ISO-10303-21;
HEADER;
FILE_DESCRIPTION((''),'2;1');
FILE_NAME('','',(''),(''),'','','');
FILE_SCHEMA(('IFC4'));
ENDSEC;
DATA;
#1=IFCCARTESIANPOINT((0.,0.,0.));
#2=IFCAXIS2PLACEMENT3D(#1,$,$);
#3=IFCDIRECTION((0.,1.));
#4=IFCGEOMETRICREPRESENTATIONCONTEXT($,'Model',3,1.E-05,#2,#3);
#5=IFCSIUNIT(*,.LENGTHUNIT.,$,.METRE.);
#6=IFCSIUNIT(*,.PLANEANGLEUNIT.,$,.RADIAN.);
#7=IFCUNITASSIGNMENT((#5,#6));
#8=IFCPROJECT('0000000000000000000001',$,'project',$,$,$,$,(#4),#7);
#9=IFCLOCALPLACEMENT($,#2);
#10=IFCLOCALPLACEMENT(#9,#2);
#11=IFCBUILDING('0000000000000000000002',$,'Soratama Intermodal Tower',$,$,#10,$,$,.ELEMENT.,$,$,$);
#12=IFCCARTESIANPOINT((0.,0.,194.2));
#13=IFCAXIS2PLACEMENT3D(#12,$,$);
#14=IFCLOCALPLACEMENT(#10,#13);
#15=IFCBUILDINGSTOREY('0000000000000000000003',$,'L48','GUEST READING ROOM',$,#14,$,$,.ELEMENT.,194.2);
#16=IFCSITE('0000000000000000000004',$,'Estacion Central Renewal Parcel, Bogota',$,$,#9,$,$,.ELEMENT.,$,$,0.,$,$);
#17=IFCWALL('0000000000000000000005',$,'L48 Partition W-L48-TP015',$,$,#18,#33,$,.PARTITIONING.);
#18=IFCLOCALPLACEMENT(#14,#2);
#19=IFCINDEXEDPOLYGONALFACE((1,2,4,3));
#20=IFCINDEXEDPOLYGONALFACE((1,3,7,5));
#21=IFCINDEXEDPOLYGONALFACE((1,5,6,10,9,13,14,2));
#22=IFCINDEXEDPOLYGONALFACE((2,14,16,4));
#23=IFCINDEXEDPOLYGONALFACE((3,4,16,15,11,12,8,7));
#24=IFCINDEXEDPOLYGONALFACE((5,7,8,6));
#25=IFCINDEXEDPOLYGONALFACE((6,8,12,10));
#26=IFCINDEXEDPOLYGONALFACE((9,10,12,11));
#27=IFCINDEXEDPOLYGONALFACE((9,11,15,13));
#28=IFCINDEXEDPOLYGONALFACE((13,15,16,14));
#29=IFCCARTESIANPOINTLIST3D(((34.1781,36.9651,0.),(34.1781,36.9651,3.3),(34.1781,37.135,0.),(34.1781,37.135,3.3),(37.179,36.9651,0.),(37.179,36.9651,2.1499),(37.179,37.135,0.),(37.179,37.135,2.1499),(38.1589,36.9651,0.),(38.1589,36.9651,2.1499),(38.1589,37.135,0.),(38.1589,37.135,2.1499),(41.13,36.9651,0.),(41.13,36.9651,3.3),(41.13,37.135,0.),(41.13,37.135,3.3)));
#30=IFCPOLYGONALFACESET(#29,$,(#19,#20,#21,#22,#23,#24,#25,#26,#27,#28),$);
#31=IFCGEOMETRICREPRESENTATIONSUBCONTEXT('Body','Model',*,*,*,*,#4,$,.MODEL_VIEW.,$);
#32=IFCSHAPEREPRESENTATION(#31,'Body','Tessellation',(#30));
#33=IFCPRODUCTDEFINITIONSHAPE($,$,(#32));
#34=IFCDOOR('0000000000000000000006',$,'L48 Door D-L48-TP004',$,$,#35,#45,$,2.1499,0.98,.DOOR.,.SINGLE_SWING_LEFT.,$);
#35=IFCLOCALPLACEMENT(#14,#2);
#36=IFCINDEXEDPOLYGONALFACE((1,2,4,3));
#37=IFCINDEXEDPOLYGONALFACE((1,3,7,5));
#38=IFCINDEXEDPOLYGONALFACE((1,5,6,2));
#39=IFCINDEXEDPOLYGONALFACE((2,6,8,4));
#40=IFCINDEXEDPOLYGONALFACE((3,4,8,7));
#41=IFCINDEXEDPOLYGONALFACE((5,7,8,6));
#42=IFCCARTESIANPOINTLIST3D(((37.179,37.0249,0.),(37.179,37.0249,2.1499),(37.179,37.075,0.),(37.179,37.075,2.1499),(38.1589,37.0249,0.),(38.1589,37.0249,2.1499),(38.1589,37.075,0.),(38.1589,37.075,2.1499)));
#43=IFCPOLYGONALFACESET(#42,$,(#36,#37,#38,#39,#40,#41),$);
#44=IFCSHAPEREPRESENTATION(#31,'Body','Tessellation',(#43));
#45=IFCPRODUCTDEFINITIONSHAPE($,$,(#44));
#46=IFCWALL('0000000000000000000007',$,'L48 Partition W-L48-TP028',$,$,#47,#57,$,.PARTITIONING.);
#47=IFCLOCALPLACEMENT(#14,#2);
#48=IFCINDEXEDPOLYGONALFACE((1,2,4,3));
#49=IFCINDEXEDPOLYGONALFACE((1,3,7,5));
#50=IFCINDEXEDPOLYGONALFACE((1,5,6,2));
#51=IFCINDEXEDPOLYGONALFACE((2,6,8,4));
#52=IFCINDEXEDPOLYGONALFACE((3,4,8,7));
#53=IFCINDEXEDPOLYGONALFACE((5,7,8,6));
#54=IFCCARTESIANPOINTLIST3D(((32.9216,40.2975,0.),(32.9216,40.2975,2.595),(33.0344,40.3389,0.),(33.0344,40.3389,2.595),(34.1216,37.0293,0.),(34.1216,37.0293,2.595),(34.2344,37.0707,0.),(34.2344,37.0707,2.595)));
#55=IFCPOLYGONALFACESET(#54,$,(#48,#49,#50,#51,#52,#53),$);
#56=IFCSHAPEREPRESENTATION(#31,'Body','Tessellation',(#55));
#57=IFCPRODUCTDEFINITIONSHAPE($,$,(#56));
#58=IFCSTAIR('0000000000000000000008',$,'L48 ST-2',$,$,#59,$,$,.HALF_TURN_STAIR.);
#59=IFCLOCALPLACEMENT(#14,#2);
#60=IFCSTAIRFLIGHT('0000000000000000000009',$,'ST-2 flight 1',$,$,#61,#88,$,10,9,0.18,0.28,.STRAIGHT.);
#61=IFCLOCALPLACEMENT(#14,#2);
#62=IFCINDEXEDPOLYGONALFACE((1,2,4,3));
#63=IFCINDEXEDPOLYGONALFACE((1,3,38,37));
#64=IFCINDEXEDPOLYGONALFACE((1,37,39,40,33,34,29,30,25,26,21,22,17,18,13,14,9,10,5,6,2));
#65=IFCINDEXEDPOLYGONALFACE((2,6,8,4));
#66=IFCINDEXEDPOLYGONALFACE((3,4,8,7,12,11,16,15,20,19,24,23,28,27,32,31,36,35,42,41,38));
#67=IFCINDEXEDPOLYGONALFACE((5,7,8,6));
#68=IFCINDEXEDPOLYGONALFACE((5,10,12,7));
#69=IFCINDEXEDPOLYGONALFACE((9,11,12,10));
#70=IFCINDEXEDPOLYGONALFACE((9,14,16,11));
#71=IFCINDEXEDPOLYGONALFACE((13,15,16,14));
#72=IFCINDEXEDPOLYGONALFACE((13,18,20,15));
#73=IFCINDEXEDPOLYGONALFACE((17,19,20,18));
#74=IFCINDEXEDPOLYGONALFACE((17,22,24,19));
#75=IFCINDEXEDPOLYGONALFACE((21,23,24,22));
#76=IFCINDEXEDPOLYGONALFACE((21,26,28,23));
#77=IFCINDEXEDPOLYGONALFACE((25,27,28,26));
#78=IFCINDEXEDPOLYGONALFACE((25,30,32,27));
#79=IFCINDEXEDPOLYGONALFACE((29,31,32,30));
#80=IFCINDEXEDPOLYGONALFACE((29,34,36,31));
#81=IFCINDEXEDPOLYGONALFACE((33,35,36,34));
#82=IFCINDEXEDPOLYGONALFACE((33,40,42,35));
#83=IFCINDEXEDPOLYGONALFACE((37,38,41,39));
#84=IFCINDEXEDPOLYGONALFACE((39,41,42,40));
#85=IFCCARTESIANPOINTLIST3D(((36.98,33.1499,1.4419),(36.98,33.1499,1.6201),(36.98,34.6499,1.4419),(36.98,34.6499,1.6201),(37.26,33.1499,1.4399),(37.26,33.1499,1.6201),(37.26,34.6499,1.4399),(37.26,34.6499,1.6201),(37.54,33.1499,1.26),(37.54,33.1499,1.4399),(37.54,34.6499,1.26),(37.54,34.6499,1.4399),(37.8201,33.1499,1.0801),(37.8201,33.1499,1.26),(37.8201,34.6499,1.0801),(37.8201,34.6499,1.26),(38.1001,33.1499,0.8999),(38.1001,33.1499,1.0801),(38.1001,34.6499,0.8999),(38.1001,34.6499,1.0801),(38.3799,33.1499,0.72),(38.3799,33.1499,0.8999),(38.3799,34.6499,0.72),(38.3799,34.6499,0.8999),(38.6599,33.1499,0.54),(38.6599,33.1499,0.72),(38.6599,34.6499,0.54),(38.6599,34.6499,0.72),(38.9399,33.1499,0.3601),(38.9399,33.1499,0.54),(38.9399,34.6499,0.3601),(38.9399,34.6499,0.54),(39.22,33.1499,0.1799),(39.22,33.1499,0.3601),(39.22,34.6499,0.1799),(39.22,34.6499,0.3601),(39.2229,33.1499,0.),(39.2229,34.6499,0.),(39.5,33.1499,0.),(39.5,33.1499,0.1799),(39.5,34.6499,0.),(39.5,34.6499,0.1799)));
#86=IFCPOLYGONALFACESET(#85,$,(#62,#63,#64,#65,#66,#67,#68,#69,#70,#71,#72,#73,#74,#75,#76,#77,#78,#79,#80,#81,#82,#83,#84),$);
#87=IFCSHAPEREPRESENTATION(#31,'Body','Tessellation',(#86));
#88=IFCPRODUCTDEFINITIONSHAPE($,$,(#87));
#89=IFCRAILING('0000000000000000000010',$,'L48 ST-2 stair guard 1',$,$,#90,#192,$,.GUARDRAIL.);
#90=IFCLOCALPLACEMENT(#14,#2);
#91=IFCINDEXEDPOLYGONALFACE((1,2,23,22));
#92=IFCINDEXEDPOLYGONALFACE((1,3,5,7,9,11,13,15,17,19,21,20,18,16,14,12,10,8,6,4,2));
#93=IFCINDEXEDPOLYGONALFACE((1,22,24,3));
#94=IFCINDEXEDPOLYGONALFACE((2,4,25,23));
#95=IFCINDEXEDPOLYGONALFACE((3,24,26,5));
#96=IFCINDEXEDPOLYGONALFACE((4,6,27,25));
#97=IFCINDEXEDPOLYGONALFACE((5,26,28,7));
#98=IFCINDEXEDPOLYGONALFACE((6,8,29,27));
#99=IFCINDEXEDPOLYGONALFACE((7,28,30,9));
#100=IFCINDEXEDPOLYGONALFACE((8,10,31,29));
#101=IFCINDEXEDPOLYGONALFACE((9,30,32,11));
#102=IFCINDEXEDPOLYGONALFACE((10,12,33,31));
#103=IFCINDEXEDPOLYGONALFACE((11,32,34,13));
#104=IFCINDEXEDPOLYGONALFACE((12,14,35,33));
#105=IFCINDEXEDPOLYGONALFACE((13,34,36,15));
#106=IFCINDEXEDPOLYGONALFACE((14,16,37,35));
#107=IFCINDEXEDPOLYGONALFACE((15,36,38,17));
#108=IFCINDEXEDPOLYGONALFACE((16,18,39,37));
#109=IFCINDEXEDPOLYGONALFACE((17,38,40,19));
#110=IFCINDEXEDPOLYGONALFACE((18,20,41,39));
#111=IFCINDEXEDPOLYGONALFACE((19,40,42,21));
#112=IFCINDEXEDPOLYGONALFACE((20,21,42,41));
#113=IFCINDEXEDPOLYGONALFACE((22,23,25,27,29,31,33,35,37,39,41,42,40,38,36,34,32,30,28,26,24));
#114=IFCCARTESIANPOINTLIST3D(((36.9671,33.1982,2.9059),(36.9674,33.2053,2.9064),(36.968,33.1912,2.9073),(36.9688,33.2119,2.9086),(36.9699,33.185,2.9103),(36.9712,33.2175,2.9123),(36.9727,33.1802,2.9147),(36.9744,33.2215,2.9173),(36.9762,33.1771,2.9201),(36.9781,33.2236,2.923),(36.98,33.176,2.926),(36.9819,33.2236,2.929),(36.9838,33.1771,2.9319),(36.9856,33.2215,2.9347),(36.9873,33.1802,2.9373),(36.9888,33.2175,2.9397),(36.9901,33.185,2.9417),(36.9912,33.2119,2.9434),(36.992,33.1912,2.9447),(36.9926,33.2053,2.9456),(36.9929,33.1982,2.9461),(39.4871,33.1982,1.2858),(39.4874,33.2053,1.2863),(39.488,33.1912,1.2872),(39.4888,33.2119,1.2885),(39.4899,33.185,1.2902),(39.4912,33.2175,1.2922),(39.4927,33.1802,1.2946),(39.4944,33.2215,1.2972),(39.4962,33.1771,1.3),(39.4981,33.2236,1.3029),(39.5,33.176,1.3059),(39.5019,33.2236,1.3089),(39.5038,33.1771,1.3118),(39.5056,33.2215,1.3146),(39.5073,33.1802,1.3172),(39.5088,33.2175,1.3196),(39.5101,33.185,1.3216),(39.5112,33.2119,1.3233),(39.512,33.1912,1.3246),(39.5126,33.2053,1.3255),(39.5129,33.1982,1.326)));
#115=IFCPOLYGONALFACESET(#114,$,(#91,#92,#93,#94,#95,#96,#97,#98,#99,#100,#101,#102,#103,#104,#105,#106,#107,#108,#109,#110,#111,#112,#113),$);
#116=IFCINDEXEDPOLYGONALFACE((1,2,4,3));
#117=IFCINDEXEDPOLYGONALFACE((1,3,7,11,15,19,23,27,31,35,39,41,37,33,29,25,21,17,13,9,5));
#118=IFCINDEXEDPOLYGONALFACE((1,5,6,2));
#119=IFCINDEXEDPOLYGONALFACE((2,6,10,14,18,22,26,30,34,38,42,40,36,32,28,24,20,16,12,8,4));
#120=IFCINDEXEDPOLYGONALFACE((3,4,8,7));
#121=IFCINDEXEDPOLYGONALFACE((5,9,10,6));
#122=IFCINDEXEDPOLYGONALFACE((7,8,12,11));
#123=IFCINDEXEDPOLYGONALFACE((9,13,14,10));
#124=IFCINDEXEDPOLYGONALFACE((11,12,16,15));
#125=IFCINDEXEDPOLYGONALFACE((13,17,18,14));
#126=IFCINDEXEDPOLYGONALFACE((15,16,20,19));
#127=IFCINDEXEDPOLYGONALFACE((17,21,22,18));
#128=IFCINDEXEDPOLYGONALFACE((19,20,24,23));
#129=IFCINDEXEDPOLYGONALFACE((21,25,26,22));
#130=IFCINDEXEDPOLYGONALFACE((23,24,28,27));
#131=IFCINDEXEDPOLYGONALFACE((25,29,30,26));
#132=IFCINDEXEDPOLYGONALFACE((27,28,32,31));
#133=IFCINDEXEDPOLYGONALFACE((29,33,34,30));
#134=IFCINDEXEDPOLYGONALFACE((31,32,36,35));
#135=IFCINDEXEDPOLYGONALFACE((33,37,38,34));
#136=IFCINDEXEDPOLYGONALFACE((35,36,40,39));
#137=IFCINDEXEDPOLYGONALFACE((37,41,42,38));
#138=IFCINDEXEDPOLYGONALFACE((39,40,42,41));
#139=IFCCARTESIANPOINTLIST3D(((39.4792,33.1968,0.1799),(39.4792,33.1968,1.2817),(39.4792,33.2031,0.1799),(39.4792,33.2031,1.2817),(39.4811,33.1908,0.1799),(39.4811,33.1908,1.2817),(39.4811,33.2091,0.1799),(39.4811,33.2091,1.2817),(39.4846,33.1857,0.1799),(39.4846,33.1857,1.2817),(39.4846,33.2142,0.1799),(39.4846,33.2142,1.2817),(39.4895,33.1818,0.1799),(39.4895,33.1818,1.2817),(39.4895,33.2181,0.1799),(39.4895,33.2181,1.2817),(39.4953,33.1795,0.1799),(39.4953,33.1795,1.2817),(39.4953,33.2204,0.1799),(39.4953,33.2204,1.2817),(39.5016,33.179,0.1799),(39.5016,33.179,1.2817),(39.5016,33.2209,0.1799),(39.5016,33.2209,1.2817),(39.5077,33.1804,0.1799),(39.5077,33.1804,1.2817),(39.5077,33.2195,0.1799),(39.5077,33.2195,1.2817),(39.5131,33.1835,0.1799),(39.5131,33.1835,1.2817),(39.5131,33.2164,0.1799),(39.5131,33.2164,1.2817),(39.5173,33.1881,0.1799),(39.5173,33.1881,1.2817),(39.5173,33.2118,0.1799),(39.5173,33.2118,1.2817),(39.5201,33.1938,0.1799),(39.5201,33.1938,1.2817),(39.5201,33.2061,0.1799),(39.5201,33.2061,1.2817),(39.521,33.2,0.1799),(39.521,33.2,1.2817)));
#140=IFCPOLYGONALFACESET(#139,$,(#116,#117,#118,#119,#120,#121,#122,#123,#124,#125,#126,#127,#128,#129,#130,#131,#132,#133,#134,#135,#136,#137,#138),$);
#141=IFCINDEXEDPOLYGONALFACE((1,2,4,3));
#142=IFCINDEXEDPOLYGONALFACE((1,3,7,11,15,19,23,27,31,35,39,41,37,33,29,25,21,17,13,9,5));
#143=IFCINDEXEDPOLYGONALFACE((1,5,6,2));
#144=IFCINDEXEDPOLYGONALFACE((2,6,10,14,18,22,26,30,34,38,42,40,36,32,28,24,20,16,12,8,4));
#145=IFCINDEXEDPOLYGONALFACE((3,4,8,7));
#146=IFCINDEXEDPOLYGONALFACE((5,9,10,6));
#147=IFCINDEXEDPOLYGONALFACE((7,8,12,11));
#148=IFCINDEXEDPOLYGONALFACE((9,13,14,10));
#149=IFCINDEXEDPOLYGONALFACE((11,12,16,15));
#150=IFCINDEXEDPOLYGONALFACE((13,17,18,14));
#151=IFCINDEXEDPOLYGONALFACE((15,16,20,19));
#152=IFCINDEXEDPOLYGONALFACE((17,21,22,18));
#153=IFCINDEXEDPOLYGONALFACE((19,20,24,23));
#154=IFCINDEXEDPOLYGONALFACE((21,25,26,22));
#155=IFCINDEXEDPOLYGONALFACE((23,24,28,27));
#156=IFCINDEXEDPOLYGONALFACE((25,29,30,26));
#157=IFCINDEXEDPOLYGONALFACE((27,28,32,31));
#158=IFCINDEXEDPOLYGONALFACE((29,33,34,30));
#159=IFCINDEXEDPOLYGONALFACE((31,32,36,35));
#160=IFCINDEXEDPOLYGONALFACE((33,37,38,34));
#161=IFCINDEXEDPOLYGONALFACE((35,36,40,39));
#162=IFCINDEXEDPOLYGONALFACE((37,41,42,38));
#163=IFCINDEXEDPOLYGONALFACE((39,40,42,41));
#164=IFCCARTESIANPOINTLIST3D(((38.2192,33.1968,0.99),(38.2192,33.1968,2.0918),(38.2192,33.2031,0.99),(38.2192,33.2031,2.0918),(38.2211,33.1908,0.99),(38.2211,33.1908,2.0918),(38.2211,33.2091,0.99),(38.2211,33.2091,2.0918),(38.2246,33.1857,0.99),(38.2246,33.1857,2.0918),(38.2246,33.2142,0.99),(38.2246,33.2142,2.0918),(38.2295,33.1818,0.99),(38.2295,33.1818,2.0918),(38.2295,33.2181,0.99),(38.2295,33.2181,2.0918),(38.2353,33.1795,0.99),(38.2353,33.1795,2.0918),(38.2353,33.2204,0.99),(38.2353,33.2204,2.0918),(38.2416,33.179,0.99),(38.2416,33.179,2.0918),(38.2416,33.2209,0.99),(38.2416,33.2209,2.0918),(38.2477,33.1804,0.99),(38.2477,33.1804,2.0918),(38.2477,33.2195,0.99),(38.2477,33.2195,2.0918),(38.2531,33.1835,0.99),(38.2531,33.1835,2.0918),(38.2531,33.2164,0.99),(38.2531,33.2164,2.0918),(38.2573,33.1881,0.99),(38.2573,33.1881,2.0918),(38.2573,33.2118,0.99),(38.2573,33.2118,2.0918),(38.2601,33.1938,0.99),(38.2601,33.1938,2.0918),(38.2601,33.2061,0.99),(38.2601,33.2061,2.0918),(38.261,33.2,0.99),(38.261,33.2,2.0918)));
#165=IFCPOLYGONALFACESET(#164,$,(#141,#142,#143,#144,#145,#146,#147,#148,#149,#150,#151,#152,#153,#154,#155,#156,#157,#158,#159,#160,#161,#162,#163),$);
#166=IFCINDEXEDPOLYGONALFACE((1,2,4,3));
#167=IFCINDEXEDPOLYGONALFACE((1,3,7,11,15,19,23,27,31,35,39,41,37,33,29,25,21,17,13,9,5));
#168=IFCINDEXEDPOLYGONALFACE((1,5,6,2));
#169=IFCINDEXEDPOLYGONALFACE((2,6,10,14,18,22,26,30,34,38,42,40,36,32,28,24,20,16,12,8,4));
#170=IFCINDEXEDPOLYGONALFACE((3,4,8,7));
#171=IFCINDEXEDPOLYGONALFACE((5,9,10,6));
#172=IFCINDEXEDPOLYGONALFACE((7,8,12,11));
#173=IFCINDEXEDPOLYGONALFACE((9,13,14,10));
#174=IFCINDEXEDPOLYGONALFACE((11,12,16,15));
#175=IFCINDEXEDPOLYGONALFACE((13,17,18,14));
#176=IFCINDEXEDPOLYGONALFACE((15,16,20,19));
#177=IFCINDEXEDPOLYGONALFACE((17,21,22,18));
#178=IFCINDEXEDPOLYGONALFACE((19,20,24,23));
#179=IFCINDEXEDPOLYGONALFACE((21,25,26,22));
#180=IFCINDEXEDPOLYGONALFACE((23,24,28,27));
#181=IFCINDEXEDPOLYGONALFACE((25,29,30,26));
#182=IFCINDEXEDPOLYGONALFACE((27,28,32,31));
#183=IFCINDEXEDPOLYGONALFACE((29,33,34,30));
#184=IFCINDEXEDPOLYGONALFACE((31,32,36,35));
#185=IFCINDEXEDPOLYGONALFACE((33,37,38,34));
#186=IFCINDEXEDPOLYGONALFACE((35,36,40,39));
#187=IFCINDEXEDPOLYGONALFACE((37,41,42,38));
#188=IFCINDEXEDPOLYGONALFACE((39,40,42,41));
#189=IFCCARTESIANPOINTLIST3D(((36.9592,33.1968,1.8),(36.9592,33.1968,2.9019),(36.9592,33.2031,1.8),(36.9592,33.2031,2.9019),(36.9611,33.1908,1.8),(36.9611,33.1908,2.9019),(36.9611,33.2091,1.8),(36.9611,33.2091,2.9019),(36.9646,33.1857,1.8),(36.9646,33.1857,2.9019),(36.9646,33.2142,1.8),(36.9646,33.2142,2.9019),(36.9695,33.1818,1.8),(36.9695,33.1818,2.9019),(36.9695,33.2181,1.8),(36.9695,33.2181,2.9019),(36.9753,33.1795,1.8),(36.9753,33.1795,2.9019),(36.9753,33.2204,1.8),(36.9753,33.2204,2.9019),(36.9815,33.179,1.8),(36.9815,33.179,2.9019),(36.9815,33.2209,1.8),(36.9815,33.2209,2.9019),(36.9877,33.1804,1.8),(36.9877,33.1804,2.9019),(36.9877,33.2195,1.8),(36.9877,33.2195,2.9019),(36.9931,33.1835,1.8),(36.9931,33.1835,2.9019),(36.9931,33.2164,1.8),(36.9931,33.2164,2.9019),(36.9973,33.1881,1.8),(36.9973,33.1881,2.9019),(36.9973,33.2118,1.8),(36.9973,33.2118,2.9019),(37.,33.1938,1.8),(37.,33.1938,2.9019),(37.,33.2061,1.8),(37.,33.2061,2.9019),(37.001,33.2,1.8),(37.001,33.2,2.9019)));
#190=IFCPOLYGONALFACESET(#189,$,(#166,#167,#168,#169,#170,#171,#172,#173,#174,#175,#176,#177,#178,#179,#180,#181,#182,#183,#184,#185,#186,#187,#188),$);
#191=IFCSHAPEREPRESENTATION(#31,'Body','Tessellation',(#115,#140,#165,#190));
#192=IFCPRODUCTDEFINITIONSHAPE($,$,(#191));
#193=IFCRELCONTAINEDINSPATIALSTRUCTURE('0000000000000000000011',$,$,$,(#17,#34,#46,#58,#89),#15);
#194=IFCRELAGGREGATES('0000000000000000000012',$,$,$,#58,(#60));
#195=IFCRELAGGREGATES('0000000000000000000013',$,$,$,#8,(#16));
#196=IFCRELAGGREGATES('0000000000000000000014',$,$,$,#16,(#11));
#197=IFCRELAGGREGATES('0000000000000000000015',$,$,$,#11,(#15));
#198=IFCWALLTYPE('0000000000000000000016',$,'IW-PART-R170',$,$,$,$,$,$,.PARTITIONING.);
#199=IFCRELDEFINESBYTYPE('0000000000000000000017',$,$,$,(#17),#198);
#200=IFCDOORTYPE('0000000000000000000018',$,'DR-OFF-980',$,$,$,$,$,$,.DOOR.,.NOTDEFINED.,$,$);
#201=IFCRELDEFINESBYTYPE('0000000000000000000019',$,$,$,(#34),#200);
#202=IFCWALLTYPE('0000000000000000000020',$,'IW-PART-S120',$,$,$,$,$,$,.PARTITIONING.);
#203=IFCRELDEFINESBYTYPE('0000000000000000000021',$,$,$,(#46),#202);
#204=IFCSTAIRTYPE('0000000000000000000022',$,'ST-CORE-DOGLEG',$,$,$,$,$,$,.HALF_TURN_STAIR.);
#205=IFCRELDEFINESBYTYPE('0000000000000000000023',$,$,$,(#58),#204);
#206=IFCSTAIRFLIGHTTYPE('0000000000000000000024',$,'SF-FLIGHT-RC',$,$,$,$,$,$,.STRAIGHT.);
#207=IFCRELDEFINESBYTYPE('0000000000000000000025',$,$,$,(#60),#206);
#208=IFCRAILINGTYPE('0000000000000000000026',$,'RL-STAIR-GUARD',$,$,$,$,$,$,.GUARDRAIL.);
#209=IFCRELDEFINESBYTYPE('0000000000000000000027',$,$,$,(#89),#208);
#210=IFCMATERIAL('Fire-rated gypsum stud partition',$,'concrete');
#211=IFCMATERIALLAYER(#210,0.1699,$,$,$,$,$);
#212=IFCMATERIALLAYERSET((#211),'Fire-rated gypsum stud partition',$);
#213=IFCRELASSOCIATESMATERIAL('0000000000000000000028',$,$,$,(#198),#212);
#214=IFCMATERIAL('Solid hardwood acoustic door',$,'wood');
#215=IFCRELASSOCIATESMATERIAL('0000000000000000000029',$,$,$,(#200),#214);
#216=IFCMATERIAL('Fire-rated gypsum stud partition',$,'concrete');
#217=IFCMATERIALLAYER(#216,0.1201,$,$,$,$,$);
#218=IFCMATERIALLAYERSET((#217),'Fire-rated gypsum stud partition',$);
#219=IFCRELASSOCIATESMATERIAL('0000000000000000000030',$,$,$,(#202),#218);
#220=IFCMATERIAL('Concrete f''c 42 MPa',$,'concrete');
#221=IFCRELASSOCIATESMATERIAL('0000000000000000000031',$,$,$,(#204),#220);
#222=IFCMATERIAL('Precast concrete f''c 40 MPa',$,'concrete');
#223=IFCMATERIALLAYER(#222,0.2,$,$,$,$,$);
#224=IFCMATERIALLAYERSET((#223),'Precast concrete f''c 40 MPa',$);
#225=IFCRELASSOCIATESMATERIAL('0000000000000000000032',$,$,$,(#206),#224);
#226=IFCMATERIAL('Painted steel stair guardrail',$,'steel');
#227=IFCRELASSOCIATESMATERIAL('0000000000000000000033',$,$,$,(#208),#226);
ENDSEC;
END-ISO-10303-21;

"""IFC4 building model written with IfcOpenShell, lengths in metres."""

from ifc_helpers import new_model, si_unit, direction, frame, frame_2d, origin, origin_2d, place, context, subcontext, project, spatial, polyline, rectangle, circle, outline, extrude, material, layer, layer_set, type_object, element, fill, aggregate, save


model = new_model("IFC4")

# Units and contexts
model_context = context("Model", 3, precision=1e-05, world=origin(), true_north=direction((0.0, 1.0)))
body_context = subcontext(model_context, "Body", "Model", "MODEL_VIEW")
ifc_project = project(units=[si_unit("LENGTHUNIT", "METRE"), si_unit("PLANEANGLEUNIT", "RADIAN")], contexts=[model_context])

# Site, building, storey
site_placement = place(None, origin())
site = spatial("IfcSite", under=ifc_project, at=site_placement, Name="Estacion Central Renewal Parcel, Bogota", CompositionType="ELEMENT", RefElevation=0.0)
building_placement = place(site_placement, origin())
building = spatial("IfcBuilding", under=site, at=building_placement, Name="Soratama Intermodal Tower", CompositionType="ELEMENT")
storey_placement = place(building_placement, frame((0.0, 0.0, 194.2)))
storey = spatial("IfcBuildingStorey", under=building, at=storey_placement, Name="L48", Description="GUEST READING ROOM", CompositionType="ELEMENT", Elevation=194.2)

# Wall, opening, door
ifc_material_1 = material(Name="Fire-rated gypsum stud partition", Category="concrete")
ifc_layer_1 = layer(ifc_material_1, 0.1699)
ifc_layer_set_1 = layer_set([ifc_layer_1], Name="Fire-rated gypsum stud partition")
wall_type_1 = type_object("IfcWallType", Name="IW-PART-R170", PredefinedType="PARTITIONING", material=ifc_layer_set_1)
wall_1_placement = place(storey_placement, frame((34.178, 37.05, 0.0), z_axis=(0.0, 0.0, 1.0), x_axis=(1.0, 0.0, 0.0)))
wall_1 = element("IfcWall", 1, at=wall_1_placement, inside=storey, type_object=wall_type_1, Name="L48 Partition W-L48-TP015", PredefinedType="PARTITIONING", context=body_context, shape_type="SweptSolid", body=[
    extrude(rectangle(XDim=6.9519, YDim=0.1699, at=frame_2d((3.4761, 0.0))), origin(), (0.0, 0.0, 1.0), 3.3),
])
opening_1_placement = place(wall_1_placement, frame((3.001, 0.0, 0.0)))
opening_1 = element("IfcOpeningElement", 2, at=opening_1_placement, cuts=wall_1, PredefinedType="OPENING", context=body_context, shape_type="SweptSolid", body=[
    extrude(rectangle(XDim=0.98, YDim=2.1499, at=frame_2d((0.49, 1.075))), frame((0.0, 0.095, 0.0), z_axis=(0.0, -1.0, 0.0), x_axis=(1.0, 0.0, 0.0)), (0.0, 0.0, 1.0), 0.1899),
])
ifc_material_2 = material(Name="Solid hardwood acoustic door", Category="wood")
door_type = type_object("IfcDoorType", Name="DR-OFF-980", OperationType="NOTDEFINED", PredefinedType="DOOR", material=ifc_material_2)
door_placement = place(opening_1_placement, origin())
door = element("IfcDoor", 3, at=door_placement, inside=storey, type_object=door_type, Name="L48 Door D-L48-TP004", OperationType="SINGLE_SWING_LEFT", OverallHeight=2.1499, OverallWidth=0.98, PredefinedType="DOOR", context=body_context, shape_type="SweptSolid", body=[
    extrude(rectangle(XDim=0.98, YDim=2.1499, at=frame_2d((0.49, 1.075))), frame((0.0, 0.0249, 0.0), z_axis=(0.0, -1.0, 0.0), x_axis=(1.0, 0.0, 0.0)), (0.0, 0.0, 1.0), 0.05),
])
fill(opening_1, door)

# Wall
ifc_material_3 = material(Name="Fire-rated gypsum stud partition", Category="concrete")
ifc_layer_2 = layer(ifc_material_3, 0.1201)
ifc_layer_set_2 = layer_set([ifc_layer_2], Name="Fire-rated gypsum stud partition")
wall_type_2 = type_object("IfcWallType", Name="IW-PART-S120", PredefinedType="PARTITIONING", material=ifc_layer_set_2)
wall_2_placement = place(storey_placement, frame((34.178, 37.05, 0.0), z_axis=(0.0, 0.0, 1.0), x_axis=(-0.344675, 0.938722, 0.0)))
element("IfcWall", 4, at=wall_2_placement, inside=storey, type_object=wall_type_2, Name="L48 Partition W-L48-TP028", PredefinedType="PARTITIONING", context=body_context, shape_type="SweptSolid", body=[
    extrude(rectangle(XDim=3.4814, YDim=0.1201, at=frame_2d((1.7407, 0.0))), origin(), (0.0, 0.0, 1.0), 2.595),
])

# Stair, stair flight
ifc_material_4 = material(Name="Concrete f'c 42 MPa", Category="concrete")
stair_type = type_object("IfcStairType", Name="ST-CORE-DOGLEG", PredefinedType="HALF_TURN_STAIR", material=ifc_material_4)
stair_placement = place(storey_placement, origin())
stair = element("IfcStair", 5, at=stair_placement, inside=storey, type_object=stair_type, Name="L48 ST-2", PredefinedType="HALF_TURN_STAIR")
ifc_material_5 = material(Name="Precast concrete f'c 40 MPa", Category="concrete")
ifc_layer_3 = layer(ifc_material_5, 0.2)
ifc_layer_set_3 = layer_set([ifc_layer_3], Name="Precast concrete f'c 40 MPa")
stair_flight_type = type_object("IfcStairFlightType", Name="SF-FLIGHT-RC", PredefinedType="STRAIGHT", material=ifc_layer_set_3)
stair_flight_placement = place(storey_placement, frame((39.5, 33.8999, 0.0), z_axis=(0.0, 0.0, 1.0), x_axis=(-1.0, 0.0, 0.0)))
stair_flight = element("IfcStairFlight", 6, at=stair_flight_placement, type_object=stair_flight_type, Name="ST-2 flight 1", NumberOfRisers=10, NumberOfTreads=9, PredefinedType="STRAIGHT", RiserHeight=0.18, TreadLength=0.28, context=body_context, shape_type="SweptSolid", body=[
    extrude(outline(polyline([(0.0, 0.0), (0.0, 0.1799), (0.28, 0.1799), (0.28, 0.3601), (0.5601, 0.3601), (0.5601, 0.54), (0.8401, 0.54), (0.8401, 0.72), (1.1201, 0.72), (1.1201, 0.8999), (1.3999, 0.8999), (1.3999, 1.0801), (1.6799, 1.0801), (1.6799, 1.26), (1.96, 1.26), (1.96, 1.4399), (2.24, 1.4399), (2.24, 1.6201), (2.52, 1.6201), (2.52, 1.8), (2.52, 1.4419), (0.2771, 0.0), (0.0, 0.0)])), frame((0.0, 0.75, 0.0), z_axis=(0.0, -1.0, 0.0), x_axis=(1.0, 0.0, 0.0)), (0.0, 0.0, 1.0), 1.5),
])
aggregate(stair, [stair_flight])

# Railing
ifc_material_6 = material(Name="Painted steel stair guardrail", Category="steel")
railing_type_1 = type_object("IfcRailingType", Name="RL-STAIR-GUARD", PredefinedType="GUARDRAIL", material=ifc_material_6)
railing_1_placement = place(storey_placement, frame((39.5, 33.2, 0.1799)))
element("IfcRailing", 7, at=railing_1_placement, inside=storey, type_object=railing_type_1, Name="L48 ST-2 stair guard 1", PredefinedType="GUARDRAIL", context=body_context, shape_type="SweptSolid", body=[
    extrude(circle(Radius=0.0239, at=origin_2d()), frame((0.0, 0.0, 1.126), z_axis=(-0.841163, 0.0, 0.540782), x_axis=(0.0, -1.0, 0.0)), (0.0, 0.0, 1.0), 2.9958),
    extrude(circle(Radius=0.021, at=origin_2d()), origin(), (0.0, 0.0, 1.0), 1.1018),
    extrude(circle(Radius=0.021, at=origin_2d()), frame((-1.26, 0.0, 0.8101)), (0.0, 0.0, 1.0), 1.1018),
    extrude(circle(Radius=0.021, at=origin_2d()), frame((-2.52, 0.0, 1.6201)), (0.0, 0.0, 1.0), 1.1018),
])

save(model, "model.ifc")
